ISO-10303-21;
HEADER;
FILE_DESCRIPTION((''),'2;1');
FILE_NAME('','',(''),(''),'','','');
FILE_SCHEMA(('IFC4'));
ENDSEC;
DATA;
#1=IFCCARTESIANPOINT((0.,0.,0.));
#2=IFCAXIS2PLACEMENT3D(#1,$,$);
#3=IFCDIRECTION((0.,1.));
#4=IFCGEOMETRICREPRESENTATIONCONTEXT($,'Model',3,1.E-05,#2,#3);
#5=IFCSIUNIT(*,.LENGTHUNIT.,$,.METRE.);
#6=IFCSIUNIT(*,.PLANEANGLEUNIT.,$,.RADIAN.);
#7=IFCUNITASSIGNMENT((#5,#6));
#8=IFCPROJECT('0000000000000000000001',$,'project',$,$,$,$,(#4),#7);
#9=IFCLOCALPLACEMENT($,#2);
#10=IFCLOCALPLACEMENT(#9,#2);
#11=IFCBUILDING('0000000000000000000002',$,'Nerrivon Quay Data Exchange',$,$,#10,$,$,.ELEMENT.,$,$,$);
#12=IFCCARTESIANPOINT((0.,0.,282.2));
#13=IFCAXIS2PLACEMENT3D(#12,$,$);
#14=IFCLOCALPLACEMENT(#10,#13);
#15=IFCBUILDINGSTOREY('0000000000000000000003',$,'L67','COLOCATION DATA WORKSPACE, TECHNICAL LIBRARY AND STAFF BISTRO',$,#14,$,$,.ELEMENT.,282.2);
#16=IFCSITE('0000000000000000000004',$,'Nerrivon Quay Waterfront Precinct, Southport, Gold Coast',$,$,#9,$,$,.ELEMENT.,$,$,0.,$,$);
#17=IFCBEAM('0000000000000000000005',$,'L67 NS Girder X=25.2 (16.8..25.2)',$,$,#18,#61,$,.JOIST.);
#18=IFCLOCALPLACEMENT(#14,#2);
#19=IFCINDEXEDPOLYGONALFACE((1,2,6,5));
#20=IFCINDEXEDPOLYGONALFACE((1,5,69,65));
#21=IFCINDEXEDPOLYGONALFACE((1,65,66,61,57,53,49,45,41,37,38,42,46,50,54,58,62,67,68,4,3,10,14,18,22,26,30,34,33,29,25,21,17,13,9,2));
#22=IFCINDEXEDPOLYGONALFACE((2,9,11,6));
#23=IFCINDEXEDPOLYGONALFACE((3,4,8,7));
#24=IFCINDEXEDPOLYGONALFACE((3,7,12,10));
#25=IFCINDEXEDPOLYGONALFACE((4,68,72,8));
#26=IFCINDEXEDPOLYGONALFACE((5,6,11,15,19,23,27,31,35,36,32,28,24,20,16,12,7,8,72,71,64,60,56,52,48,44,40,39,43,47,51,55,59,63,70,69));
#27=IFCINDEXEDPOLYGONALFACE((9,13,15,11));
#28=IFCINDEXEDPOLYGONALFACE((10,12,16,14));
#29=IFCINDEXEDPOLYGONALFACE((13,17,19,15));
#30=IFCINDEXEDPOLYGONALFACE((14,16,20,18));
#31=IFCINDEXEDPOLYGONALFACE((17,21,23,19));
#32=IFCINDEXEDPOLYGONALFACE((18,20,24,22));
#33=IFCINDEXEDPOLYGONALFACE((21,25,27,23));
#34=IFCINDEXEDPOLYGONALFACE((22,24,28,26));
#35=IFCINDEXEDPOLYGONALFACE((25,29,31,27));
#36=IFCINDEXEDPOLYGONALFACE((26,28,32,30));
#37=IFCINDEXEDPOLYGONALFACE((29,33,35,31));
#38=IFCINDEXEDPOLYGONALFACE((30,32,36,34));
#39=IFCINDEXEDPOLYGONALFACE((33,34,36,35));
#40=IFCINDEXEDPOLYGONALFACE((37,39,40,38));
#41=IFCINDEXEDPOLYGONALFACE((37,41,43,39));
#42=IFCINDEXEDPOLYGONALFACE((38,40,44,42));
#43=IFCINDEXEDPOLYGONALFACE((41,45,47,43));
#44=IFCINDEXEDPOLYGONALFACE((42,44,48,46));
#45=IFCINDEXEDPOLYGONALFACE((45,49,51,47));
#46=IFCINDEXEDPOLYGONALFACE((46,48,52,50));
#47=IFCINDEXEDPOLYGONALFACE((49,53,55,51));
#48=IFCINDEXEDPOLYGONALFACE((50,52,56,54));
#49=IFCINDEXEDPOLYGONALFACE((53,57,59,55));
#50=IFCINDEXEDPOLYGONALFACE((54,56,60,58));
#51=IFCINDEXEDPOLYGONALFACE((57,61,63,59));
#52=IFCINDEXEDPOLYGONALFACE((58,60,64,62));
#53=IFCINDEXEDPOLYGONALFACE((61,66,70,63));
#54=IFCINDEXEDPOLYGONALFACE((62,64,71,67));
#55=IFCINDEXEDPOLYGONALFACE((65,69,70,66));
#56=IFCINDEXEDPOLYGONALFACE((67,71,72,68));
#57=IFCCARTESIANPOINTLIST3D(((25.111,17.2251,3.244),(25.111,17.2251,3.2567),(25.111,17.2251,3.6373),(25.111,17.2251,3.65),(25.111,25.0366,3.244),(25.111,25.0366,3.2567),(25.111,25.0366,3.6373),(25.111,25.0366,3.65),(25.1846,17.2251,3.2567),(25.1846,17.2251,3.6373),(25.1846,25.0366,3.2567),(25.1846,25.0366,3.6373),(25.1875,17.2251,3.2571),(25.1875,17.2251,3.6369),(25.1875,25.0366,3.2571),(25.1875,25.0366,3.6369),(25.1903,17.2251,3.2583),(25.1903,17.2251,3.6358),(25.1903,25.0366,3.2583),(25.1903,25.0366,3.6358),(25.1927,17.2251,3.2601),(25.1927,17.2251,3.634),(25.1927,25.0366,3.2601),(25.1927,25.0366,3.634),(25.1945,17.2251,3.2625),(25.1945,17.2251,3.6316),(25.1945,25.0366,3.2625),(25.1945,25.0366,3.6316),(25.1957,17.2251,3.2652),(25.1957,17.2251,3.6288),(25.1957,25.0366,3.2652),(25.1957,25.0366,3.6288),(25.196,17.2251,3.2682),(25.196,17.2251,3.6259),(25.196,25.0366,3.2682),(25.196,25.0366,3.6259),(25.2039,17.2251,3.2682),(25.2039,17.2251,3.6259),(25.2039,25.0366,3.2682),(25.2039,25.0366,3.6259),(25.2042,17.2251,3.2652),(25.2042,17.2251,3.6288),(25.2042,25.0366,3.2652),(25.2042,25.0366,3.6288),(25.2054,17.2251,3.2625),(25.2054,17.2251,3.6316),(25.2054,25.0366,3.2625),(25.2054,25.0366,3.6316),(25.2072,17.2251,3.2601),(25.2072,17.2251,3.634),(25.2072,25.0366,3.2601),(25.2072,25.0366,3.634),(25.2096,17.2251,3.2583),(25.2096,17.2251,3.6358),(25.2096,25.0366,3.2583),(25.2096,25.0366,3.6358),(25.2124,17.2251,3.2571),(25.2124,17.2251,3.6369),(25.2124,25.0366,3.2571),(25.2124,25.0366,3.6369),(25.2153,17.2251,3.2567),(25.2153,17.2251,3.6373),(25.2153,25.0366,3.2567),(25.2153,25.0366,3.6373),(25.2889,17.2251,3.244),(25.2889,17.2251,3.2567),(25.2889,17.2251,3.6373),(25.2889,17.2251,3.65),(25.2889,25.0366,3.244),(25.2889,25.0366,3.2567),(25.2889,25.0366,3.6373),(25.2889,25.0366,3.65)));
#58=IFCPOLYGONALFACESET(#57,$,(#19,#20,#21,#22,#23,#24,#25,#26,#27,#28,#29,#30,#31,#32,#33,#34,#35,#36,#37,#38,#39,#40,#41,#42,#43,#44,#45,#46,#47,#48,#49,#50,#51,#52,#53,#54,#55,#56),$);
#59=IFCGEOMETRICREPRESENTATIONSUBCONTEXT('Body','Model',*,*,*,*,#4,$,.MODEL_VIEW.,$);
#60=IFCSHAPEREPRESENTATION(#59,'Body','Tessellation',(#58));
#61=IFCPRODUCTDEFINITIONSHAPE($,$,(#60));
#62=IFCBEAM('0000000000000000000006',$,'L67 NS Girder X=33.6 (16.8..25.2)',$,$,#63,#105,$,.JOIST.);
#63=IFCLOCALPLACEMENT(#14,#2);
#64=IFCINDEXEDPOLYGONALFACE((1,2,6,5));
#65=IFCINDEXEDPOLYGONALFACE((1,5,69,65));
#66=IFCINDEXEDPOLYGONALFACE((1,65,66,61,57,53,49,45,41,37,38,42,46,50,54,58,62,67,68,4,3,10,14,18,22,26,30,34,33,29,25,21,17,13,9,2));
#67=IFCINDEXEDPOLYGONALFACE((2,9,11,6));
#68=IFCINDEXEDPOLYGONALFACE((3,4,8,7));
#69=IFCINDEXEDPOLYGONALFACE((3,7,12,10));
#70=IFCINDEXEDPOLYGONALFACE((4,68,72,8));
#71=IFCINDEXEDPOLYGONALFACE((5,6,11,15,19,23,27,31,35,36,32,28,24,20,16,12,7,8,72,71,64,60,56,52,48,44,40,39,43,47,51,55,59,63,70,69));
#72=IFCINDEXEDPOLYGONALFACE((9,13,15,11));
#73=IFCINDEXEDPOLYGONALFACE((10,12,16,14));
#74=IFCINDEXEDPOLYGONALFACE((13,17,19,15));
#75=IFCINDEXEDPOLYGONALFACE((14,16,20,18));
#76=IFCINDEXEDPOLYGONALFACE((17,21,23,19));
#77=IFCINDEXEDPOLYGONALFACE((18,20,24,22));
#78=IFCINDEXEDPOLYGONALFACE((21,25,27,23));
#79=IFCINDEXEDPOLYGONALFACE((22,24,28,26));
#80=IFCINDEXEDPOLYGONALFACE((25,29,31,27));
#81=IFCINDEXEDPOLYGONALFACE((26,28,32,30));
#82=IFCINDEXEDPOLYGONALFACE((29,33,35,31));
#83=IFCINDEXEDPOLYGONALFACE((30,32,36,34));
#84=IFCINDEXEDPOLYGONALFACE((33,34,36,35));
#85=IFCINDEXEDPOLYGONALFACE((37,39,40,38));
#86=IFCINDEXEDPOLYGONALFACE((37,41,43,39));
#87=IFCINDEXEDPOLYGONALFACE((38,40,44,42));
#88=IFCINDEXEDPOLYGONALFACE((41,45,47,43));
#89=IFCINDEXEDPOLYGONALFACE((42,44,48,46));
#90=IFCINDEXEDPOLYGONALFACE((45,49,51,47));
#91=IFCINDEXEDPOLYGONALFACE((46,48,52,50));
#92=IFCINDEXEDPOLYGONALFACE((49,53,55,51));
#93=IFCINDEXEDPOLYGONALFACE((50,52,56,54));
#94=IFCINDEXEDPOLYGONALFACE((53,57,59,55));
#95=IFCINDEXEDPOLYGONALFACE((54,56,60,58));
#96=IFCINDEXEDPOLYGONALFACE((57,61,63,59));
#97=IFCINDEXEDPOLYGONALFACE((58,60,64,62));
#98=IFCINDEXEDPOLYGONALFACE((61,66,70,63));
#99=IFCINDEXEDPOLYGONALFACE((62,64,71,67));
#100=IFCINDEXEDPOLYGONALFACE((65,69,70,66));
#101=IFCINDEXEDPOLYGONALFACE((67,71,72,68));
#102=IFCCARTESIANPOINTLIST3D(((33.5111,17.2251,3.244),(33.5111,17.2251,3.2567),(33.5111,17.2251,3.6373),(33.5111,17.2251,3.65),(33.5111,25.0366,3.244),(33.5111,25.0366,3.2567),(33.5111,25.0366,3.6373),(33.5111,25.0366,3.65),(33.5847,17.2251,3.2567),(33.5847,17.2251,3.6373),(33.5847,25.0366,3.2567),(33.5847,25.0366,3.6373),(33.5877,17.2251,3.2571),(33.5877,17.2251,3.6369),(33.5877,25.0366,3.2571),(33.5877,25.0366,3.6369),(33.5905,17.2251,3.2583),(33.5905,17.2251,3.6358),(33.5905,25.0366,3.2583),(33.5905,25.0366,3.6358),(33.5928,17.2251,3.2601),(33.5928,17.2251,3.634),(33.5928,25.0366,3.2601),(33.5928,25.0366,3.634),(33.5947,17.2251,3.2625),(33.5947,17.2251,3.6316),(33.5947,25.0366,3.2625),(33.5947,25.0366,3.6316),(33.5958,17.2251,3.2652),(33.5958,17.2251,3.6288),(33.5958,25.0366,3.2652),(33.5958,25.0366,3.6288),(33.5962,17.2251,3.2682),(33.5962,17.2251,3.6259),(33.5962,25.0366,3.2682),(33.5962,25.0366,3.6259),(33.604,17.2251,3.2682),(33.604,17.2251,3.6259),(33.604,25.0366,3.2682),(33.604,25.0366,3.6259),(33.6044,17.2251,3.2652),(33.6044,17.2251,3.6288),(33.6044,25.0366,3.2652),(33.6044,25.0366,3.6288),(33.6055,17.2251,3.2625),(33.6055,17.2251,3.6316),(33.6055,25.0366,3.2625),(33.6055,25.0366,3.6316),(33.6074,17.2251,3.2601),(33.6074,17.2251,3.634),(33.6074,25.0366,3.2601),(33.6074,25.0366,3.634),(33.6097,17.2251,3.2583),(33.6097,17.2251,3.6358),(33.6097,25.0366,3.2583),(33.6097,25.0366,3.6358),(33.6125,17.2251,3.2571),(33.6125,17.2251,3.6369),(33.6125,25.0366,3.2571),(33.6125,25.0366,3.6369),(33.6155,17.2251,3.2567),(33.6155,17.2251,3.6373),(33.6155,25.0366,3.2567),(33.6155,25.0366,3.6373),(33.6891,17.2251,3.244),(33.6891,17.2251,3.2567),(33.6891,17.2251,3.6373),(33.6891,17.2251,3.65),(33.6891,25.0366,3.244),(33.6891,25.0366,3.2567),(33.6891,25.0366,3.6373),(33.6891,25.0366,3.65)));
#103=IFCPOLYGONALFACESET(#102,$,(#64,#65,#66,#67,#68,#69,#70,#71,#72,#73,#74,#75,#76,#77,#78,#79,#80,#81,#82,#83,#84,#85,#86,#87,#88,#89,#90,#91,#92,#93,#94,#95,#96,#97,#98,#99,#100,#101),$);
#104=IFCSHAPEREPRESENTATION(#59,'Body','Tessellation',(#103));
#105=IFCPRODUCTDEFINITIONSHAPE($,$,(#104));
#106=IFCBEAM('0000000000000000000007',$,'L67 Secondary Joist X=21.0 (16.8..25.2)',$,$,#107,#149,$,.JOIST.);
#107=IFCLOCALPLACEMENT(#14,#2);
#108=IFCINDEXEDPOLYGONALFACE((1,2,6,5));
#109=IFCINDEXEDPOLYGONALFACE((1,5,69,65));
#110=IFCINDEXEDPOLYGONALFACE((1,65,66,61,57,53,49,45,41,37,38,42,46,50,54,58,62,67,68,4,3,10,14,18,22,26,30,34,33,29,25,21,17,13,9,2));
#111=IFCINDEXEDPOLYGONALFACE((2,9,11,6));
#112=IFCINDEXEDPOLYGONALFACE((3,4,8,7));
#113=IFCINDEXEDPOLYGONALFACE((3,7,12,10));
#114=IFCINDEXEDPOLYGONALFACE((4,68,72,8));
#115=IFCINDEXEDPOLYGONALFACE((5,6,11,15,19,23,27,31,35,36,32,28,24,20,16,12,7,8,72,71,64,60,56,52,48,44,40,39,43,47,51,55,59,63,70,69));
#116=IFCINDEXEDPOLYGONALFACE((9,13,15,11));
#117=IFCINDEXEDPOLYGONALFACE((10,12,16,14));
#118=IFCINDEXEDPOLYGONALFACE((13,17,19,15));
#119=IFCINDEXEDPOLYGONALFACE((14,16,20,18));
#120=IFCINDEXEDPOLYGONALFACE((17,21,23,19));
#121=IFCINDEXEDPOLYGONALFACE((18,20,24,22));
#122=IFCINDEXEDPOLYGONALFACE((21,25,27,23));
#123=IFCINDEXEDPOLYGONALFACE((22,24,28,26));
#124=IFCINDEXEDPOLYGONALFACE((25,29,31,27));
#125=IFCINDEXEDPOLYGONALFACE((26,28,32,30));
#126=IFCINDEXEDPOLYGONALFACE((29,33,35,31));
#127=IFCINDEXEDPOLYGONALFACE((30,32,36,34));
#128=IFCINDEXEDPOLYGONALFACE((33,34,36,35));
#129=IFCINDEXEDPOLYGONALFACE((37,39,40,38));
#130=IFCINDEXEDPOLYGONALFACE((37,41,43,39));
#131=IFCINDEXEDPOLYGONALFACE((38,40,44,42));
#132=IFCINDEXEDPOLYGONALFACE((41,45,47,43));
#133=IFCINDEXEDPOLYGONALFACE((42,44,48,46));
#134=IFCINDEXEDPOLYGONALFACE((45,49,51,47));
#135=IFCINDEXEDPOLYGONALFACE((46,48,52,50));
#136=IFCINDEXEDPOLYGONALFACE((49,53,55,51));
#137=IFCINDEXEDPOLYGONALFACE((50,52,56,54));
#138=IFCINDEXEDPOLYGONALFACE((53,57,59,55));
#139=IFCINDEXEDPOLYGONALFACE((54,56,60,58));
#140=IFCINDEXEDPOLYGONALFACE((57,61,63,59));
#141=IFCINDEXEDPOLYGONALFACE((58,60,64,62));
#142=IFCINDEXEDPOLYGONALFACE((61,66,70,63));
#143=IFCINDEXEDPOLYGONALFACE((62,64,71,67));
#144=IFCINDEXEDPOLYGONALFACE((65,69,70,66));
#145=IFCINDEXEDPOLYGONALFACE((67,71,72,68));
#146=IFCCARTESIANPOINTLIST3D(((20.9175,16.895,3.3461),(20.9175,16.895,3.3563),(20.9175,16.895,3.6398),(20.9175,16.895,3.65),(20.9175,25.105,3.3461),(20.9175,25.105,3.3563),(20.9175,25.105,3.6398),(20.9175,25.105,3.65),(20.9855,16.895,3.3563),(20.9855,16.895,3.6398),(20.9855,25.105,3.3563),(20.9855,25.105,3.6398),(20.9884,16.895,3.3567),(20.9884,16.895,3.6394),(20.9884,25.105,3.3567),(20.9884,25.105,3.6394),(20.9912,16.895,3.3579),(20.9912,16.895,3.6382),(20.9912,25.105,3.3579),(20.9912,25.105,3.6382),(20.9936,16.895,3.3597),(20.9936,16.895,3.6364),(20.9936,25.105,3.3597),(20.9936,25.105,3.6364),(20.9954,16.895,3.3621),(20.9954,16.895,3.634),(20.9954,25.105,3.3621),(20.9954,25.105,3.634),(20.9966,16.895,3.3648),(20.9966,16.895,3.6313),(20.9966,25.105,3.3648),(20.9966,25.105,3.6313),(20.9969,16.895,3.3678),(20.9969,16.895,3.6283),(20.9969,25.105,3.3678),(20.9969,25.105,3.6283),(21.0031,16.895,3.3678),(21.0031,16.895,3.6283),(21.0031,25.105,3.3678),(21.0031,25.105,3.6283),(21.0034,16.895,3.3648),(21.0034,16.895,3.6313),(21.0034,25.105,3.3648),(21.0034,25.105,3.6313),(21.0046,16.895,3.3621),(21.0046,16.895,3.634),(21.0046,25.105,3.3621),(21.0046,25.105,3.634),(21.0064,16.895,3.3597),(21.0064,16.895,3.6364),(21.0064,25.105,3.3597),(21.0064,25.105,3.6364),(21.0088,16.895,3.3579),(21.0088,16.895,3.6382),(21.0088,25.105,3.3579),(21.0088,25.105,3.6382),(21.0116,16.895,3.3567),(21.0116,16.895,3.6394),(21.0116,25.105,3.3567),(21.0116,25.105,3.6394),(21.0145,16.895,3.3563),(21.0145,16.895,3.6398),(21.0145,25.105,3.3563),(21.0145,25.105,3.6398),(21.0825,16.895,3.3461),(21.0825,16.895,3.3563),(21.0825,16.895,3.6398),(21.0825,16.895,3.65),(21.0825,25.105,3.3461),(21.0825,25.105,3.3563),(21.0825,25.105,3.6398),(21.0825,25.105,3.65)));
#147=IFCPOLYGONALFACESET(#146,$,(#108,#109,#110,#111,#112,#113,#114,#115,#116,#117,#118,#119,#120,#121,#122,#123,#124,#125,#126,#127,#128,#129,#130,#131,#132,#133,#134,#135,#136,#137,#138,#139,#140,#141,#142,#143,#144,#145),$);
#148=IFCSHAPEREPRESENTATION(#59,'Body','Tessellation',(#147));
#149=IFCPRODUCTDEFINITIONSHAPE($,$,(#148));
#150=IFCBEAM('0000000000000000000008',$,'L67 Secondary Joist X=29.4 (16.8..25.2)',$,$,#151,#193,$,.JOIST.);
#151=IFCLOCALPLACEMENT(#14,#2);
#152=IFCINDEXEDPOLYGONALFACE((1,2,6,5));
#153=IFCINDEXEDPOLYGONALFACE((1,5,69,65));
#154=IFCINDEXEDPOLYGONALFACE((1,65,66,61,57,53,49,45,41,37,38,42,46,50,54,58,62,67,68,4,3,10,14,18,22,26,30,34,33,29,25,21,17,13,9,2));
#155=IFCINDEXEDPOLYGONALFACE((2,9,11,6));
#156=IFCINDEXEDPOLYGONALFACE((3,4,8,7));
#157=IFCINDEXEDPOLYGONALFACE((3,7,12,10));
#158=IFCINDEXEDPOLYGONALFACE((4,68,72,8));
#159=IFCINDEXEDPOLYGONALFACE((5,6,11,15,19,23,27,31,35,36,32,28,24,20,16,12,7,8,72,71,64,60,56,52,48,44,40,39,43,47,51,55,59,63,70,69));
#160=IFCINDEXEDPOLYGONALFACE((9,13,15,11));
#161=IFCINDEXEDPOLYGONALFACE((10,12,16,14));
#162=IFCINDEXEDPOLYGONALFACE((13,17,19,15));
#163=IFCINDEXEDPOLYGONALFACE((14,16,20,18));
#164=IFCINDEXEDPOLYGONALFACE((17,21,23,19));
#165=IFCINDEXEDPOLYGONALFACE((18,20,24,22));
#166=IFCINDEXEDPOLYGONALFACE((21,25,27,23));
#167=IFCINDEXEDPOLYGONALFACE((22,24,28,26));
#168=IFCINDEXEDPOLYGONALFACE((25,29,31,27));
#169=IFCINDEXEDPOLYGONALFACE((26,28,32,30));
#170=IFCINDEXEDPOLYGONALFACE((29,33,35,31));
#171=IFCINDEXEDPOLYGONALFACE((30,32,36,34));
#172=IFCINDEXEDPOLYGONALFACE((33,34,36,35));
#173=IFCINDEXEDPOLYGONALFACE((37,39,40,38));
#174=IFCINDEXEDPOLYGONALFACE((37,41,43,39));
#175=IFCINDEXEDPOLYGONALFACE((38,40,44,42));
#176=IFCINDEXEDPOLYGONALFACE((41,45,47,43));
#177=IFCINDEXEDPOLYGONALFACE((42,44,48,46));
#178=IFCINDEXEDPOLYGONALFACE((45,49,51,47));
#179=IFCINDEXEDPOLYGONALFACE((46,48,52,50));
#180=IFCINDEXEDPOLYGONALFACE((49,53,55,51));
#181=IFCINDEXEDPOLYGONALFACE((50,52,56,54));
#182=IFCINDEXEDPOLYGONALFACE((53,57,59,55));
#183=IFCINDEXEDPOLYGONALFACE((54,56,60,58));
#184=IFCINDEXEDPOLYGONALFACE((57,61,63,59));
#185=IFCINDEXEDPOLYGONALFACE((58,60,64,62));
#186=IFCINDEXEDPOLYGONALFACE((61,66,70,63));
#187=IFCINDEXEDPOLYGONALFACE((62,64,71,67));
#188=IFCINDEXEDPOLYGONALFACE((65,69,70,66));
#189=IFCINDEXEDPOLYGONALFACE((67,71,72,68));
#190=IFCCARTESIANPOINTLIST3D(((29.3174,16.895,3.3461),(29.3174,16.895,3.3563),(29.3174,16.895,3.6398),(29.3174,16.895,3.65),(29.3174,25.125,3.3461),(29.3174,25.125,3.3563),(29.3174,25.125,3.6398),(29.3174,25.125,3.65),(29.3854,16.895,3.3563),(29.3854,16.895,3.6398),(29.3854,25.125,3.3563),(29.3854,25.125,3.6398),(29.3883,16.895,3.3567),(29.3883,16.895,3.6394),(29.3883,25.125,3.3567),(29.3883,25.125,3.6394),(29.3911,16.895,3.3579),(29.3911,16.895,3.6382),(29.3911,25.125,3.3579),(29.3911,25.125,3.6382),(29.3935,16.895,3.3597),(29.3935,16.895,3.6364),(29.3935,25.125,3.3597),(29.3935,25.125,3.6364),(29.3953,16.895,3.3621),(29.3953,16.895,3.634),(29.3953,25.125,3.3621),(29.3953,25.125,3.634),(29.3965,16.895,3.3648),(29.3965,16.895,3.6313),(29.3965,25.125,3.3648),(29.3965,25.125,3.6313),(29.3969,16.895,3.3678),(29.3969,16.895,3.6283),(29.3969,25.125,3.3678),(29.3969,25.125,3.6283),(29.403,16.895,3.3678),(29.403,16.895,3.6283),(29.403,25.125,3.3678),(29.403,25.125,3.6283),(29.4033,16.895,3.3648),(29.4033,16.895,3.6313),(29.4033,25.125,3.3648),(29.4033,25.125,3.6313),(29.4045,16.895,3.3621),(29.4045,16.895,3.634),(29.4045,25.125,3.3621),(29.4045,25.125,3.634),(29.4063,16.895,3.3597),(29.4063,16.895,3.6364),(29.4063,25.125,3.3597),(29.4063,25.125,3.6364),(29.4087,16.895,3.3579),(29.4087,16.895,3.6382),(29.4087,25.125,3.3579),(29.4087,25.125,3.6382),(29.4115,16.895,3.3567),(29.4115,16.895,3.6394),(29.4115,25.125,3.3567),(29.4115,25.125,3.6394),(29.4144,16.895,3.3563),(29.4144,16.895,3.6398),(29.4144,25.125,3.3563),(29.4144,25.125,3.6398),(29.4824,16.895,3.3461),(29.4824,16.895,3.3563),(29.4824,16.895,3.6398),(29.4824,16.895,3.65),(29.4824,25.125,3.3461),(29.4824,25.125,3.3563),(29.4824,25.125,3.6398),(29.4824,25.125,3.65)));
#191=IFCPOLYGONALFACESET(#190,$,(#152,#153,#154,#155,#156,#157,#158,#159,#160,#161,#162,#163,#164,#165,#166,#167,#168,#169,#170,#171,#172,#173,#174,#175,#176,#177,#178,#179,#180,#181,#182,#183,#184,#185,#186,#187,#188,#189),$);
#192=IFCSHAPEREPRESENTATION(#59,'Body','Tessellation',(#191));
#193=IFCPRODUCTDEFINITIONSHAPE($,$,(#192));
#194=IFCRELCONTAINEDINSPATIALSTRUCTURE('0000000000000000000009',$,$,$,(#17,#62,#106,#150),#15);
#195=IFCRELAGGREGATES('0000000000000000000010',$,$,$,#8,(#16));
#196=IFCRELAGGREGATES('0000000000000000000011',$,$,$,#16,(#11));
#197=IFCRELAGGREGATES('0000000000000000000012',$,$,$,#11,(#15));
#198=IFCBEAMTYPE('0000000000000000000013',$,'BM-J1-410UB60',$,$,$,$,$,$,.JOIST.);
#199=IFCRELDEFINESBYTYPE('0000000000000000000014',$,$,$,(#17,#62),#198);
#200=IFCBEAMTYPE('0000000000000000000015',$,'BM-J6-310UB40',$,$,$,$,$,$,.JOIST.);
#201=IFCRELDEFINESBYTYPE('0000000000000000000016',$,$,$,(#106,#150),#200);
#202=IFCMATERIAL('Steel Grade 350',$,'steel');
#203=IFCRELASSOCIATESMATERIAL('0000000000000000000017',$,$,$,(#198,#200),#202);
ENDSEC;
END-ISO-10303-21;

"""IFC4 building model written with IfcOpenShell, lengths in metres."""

from ifc_helpers import new_model, si_unit, direction, frame, origin, origin_2d, place, context, subcontext, project, spatial, i_section, extrude, material, material_profile, profile_set, type_object, element, save


model = new_model("IFC4")

# Units and contexts
model_context = context("Model", 3, precision=1e-05, world=origin(), true_north=direction((0.0, 1.0)))
body_context = subcontext(model_context, "Body", "Model", "MODEL_VIEW")
ifc_project = project(units=[si_unit("LENGTHUNIT", "METRE"), si_unit("PLANEANGLEUNIT", "RADIAN")], contexts=[model_context])

# Site, building, storey
site_placement = place(None, origin())
site = spatial("IfcSite", under=ifc_project, at=site_placement, Name="Nerrivon Quay Waterfront Precinct, Southport, Gold Coast", CompositionType="ELEMENT", RefElevation=0.0)
building_placement = place(site_placement, origin())
building = spatial("IfcBuilding", under=site, at=building_placement, Name="Nerrivon Quay Data Exchange", CompositionType="ELEMENT")
storey_placement = place(building_placement, frame((0.0, 0.0, 282.2)))
storey = spatial("IfcBuildingStorey", under=building, at=storey_placement, Name="L67", Description="COLOCATION DATA WORKSPACE, TECHNICAL LIBRARY AND STAFF BISTRO", CompositionType="ELEMENT", Elevation=282.2)

# Beams
ifc_material_1 = material(Name="Steel Grade 350", Category="steel")
ifc_material_profile_1 = material_profile(ifc_material_1, i_section(OverallWidth=0.178, OverallDepth=0.406, WebThickness=0.0078, FlangeThickness=0.0127, FilletRadius=0.0115, at=origin_2d()), Name="410UB59.7")
ifc_profile_set_1 = profile_set([ifc_material_profile_1], Name="Steel Grade 350")
beam_type_1 = type_object("IfcBeamType", Name="BM-J1-410UB60", PredefinedType="JOIST", material=ifc_profile_set_1)
for number, where, z_axis, x_axis, name in (
    (1, (25.2, 17.2251, 3.447), (0.0, 1.0, 0.0), (-1.0, 0.0, 0.0), "L67 NS Girder X=25.2 (16.8..25.2)"),
    (2, (33.6001, 17.2251, 3.447), (0.0, 1.0, 0.0), (-1.0, 0.0, 0.0), "L67 NS Girder X=33.6 (16.8..25.2)"),
):
    element("IfcBeam", number, at=place(storey_placement, frame(where, z_axis=z_axis, x_axis=x_axis)), inside=storey, type_object=beam_type_1, Name=name, PredefinedType="JOIST", context=body_context, shape_type="SweptSolid", body=[
        extrude(i_section(OverallWidth=0.178, OverallDepth=0.406, WebThickness=0.0078, FlangeThickness=0.0127, FilletRadius=0.0115, at=origin_2d()), origin(), (0.0, 0.0, 1.0), 7.8115),
    ])
ifc_material_profile_2 = material_profile(ifc_material_1, i_section(OverallWidth=0.165, OverallDepth=0.304, WebThickness=0.0061, FlangeThickness=0.0103, FilletRadius=0.0115, at=origin_2d()), Name="310UB40.4")
ifc_profile_set_2 = profile_set([ifc_material_profile_2], Name="Steel Grade 350")
beam_type_2 = type_object("IfcBeamType", Name="BM-J6-310UB40", PredefinedType="JOIST", material=ifc_profile_set_2)
beam_1_placement = place(storey_placement, frame((21.0, 16.895, 3.498), z_axis=(0.0, 1.0, 0.0), x_axis=(-1.0, 0.0, 0.0)))
element("IfcBeam", 3, at=beam_1_placement, inside=storey, type_object=beam_type_2, Name="L67 Secondary Joist X=21.0 (16.8..25.2)", PredefinedType="JOIST", context=body_context, shape_type="SweptSolid", body=[
    extrude(i_section(OverallWidth=0.165, OverallDepth=0.304, WebThickness=0.0061, FlangeThickness=0.0103, FilletRadius=0.0115, at=origin_2d()), origin(), (0.0, 0.0, 1.0), 8.21),
])
beam_2_placement = place(storey_placement, frame((29.3999, 16.895, 3.498), z_axis=(0.0, 1.0, 0.0), x_axis=(-1.0, 0.0, 0.0)))
element("IfcBeam", 4, at=beam_2_placement, inside=storey, type_object=beam_type_2, Name="L67 Secondary Joist X=29.4 (16.8..25.2)", PredefinedType="JOIST", context=body_context, shape_type="SweptSolid", body=[
    extrude(i_section(OverallWidth=0.165, OverallDepth=0.304, WebThickness=0.0061, FlangeThickness=0.0103, FilletRadius=0.0115, at=origin_2d()), origin(), (0.0, 0.0, 1.0), 8.23),
])

save(model, "model.ifc")
